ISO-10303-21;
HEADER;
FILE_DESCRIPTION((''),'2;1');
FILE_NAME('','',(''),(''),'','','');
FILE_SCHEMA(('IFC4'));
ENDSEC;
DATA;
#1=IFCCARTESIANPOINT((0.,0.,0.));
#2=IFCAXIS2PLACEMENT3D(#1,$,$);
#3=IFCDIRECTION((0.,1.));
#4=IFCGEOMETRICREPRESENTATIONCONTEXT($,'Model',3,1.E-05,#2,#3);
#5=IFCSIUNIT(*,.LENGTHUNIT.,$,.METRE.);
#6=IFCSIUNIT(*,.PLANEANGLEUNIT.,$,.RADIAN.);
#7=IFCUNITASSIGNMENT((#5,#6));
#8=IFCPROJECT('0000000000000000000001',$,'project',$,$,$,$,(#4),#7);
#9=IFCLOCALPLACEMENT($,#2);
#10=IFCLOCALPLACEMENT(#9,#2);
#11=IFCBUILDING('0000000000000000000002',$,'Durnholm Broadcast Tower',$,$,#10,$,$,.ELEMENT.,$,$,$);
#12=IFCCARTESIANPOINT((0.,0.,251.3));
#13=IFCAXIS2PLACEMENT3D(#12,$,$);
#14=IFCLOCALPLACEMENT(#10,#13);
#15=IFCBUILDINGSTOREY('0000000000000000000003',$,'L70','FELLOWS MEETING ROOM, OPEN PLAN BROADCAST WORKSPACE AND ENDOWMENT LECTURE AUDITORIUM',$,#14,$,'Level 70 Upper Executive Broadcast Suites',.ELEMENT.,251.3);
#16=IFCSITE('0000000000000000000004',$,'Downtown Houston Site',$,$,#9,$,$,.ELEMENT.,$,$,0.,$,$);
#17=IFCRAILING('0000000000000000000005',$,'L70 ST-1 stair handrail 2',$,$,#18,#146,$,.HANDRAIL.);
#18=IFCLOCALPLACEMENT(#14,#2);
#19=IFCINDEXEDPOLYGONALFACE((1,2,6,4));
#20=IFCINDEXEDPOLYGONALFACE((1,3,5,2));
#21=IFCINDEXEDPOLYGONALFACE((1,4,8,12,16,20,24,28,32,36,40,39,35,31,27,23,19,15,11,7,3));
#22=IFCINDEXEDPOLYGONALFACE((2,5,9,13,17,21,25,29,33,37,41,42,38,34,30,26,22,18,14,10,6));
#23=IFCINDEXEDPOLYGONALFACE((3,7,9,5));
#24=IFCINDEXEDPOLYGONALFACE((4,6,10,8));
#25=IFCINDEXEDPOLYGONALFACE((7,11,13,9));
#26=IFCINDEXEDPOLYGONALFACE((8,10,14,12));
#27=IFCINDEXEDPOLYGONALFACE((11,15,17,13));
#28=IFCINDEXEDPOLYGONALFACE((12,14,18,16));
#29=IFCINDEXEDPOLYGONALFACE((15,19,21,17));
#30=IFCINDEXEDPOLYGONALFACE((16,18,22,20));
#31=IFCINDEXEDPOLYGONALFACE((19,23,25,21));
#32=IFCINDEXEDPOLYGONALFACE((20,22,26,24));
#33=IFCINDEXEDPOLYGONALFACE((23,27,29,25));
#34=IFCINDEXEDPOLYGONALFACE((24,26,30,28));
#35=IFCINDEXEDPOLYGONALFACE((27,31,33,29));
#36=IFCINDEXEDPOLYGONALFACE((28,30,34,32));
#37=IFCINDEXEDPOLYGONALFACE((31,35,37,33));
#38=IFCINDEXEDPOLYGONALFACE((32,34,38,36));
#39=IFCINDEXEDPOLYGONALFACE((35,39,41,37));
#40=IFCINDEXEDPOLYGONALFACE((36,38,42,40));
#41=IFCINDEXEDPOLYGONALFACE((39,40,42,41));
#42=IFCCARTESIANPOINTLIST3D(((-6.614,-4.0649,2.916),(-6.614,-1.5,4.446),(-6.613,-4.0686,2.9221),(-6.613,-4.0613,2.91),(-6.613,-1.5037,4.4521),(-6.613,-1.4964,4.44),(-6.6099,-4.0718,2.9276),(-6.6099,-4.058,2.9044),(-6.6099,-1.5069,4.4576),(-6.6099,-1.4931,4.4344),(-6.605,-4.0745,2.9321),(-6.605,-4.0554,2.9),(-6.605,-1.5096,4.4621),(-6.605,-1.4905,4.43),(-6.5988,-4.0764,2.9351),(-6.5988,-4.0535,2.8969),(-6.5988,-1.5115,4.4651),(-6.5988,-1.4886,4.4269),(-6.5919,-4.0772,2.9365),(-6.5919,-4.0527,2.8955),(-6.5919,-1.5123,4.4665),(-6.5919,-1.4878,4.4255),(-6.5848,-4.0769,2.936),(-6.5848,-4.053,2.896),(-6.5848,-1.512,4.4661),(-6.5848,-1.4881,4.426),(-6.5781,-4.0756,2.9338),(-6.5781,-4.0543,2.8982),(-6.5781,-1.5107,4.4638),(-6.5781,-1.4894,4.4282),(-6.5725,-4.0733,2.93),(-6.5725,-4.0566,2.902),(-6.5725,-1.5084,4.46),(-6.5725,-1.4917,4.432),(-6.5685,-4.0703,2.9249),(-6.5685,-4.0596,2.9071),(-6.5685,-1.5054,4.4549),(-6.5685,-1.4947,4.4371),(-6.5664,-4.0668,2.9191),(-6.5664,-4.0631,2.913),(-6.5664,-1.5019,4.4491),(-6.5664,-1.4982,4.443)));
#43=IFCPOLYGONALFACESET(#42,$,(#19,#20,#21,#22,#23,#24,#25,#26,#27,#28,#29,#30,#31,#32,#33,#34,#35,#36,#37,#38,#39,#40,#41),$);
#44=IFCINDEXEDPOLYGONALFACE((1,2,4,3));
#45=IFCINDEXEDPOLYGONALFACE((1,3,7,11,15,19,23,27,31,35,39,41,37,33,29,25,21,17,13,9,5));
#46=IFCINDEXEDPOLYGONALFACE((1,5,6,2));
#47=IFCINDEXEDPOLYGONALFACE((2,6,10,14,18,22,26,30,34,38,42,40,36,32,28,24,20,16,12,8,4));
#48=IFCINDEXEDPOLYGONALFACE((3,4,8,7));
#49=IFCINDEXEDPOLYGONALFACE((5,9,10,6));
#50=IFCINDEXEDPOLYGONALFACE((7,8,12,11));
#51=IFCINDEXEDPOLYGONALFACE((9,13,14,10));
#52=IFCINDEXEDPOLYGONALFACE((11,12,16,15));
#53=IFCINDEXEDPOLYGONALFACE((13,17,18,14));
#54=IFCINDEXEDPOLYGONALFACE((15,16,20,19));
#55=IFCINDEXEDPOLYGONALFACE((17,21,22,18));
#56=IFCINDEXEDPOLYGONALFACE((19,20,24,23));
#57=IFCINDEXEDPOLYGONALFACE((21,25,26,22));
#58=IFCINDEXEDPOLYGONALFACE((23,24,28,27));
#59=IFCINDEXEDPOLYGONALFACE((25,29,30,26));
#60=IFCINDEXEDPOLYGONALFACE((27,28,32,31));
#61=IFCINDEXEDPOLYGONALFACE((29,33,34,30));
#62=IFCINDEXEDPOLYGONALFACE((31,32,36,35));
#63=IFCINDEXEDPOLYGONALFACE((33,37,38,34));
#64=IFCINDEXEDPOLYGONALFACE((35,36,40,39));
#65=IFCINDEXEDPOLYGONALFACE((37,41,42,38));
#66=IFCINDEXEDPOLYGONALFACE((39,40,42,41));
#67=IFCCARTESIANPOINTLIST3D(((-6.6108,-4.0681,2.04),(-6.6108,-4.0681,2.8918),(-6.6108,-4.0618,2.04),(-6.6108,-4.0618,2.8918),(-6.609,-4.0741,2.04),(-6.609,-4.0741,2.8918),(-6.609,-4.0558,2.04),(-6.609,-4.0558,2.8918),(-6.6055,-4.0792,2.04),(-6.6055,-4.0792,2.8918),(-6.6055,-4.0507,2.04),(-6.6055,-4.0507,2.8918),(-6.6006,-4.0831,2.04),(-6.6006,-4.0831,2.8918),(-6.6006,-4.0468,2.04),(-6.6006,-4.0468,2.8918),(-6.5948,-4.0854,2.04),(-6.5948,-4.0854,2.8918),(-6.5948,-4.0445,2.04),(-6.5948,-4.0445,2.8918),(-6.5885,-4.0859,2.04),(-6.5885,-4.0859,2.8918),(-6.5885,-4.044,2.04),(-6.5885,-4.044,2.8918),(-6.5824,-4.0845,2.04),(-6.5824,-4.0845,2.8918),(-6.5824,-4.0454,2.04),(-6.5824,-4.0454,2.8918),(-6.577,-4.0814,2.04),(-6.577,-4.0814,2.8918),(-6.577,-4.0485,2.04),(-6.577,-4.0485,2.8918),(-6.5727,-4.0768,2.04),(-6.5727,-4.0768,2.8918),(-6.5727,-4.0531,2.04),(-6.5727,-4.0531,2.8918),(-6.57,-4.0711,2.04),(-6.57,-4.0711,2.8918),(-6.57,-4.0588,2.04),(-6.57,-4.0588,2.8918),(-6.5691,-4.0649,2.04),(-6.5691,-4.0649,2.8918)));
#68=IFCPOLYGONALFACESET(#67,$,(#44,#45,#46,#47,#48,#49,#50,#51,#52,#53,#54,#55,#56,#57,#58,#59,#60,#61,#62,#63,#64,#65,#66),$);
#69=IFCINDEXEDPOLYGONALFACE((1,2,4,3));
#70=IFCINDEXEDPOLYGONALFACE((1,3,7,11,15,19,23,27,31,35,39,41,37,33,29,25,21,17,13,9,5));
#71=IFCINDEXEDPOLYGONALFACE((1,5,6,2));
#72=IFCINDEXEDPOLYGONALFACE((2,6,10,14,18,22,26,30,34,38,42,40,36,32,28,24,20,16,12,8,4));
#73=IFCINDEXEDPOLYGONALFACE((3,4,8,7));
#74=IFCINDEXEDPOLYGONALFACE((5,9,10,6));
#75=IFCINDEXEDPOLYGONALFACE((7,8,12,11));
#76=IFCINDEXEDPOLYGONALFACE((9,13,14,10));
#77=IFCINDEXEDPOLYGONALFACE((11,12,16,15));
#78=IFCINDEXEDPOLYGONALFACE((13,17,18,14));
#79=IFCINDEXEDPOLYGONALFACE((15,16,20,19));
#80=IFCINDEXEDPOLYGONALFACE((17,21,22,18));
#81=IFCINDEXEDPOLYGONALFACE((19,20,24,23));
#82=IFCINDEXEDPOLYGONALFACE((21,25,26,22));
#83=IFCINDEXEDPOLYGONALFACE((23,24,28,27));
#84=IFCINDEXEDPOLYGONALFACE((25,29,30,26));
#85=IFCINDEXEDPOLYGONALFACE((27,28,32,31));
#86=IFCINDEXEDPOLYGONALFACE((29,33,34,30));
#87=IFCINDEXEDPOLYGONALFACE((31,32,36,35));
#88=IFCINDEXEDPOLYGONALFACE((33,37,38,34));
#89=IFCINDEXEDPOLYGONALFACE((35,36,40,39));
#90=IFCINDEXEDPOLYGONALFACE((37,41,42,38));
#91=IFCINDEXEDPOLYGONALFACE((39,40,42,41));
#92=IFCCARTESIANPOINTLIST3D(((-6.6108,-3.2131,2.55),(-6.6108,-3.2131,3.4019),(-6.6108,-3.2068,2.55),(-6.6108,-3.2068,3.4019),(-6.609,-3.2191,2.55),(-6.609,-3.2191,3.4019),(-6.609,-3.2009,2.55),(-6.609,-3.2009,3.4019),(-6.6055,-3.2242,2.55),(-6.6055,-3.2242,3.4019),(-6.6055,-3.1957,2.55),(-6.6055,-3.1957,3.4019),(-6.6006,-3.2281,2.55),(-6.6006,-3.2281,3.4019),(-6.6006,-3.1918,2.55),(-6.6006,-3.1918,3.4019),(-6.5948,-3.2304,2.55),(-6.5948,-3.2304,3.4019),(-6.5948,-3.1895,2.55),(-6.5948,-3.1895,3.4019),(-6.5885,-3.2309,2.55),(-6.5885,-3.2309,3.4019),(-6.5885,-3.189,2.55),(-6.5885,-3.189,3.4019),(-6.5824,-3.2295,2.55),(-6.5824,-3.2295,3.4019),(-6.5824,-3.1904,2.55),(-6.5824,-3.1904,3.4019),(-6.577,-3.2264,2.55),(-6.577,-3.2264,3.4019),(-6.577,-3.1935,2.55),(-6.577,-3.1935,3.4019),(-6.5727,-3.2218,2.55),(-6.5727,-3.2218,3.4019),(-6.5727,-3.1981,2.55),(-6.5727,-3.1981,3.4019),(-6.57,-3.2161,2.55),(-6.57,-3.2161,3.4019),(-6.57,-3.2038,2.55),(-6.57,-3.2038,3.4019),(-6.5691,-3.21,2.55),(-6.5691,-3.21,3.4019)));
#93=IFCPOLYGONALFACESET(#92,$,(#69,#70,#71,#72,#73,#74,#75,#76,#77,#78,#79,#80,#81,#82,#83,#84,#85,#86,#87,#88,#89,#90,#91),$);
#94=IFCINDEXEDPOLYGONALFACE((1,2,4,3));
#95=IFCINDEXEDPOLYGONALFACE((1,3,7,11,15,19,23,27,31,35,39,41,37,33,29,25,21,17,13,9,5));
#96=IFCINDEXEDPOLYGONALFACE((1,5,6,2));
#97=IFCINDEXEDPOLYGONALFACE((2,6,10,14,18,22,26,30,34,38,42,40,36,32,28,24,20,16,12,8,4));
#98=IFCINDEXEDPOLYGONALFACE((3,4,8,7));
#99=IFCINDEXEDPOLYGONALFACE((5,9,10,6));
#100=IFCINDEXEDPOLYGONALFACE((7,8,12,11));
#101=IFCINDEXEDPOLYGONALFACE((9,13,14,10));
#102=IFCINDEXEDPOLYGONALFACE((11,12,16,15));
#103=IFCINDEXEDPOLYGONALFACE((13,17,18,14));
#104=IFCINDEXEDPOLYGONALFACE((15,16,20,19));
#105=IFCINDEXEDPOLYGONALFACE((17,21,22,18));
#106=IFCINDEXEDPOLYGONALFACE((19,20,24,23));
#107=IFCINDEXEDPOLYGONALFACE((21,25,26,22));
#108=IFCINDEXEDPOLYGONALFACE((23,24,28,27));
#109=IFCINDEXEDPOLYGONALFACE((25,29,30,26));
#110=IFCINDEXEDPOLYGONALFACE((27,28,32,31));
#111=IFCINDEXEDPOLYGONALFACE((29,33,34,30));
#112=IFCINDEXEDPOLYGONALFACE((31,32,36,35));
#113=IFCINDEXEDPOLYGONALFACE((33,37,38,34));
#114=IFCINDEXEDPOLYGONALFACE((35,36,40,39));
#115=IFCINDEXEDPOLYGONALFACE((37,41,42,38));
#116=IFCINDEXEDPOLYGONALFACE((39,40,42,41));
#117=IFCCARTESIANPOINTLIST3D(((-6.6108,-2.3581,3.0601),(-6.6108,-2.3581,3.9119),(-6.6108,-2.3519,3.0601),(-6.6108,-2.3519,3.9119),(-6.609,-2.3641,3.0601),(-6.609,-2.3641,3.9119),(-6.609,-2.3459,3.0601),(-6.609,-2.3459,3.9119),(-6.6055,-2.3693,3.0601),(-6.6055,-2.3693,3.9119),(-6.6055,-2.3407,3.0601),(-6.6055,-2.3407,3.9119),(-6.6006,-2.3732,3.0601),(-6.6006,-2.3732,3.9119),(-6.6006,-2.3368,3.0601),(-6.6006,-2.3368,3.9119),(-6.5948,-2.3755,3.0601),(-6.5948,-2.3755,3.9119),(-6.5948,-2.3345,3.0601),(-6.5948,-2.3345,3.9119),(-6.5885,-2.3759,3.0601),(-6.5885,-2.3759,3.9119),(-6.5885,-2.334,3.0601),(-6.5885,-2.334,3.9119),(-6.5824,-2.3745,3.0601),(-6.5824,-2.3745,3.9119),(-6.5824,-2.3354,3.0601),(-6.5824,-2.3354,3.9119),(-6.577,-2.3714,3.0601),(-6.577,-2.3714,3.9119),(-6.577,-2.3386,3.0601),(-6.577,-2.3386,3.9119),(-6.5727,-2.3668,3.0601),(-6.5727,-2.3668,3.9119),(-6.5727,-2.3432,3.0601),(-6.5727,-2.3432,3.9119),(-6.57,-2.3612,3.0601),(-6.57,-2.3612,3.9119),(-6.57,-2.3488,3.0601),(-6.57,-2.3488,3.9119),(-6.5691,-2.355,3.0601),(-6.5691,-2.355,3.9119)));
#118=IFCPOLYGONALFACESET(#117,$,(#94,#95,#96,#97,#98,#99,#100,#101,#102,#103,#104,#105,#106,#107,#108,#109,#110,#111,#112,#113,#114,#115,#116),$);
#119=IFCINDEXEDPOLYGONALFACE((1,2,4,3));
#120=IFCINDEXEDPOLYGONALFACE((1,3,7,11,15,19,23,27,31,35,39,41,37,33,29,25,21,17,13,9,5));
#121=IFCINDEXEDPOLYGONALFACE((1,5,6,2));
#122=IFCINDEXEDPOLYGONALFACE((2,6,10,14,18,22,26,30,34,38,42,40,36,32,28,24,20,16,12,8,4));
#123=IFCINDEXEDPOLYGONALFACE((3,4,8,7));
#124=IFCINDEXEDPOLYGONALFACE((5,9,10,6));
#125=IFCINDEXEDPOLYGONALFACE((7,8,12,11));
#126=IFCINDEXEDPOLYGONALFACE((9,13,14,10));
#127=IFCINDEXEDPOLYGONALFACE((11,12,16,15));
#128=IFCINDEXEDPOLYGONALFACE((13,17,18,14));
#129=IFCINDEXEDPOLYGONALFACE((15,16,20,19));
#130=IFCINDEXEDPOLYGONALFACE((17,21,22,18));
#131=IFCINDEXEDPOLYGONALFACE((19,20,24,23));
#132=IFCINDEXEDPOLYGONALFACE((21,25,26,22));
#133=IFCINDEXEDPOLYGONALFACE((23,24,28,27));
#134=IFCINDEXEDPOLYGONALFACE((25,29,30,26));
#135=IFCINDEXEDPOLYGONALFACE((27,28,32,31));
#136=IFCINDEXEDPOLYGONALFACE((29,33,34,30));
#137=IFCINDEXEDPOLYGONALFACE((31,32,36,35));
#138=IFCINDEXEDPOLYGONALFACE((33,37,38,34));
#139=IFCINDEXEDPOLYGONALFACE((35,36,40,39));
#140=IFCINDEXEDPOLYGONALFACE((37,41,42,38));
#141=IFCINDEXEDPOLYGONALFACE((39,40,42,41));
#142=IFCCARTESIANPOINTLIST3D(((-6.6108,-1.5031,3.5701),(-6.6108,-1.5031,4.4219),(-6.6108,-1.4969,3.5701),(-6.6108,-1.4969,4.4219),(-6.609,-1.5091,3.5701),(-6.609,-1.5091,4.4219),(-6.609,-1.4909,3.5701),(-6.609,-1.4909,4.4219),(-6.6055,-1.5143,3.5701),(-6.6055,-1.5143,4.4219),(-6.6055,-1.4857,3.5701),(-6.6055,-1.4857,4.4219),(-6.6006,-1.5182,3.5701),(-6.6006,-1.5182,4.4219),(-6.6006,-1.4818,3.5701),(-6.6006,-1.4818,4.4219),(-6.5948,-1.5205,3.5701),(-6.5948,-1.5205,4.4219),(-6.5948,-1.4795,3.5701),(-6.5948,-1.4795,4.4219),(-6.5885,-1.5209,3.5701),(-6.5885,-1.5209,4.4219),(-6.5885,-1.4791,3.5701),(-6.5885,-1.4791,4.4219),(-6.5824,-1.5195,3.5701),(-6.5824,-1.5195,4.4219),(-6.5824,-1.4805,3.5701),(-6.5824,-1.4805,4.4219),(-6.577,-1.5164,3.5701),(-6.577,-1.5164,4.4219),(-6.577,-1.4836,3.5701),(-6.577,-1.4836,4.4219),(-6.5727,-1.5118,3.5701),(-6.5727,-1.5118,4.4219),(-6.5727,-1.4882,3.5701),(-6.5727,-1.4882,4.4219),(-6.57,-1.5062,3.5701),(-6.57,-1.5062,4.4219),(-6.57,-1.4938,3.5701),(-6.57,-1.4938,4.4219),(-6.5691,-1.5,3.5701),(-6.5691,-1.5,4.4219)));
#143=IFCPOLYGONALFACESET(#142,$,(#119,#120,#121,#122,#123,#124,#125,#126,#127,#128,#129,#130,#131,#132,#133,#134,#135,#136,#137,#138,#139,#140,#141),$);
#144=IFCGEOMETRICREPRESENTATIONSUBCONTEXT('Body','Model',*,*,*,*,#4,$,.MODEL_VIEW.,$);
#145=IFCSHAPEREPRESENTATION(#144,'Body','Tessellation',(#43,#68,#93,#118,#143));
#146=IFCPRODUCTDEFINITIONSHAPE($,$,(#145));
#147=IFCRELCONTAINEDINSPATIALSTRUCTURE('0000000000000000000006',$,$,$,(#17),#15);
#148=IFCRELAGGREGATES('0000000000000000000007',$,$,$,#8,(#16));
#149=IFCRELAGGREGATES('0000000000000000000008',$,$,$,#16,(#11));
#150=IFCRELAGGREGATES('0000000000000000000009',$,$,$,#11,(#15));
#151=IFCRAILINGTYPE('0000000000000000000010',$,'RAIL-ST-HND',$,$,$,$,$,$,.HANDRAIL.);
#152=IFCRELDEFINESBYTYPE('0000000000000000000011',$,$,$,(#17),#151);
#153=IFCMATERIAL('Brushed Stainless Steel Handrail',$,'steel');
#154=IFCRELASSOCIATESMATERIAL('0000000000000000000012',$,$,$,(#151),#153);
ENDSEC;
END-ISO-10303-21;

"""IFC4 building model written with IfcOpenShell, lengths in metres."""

from ifc_helpers import new_model, si_unit, direction, frame, origin, origin_2d, place, context, subcontext, project, spatial, circle, extrude, material, type_object, element, save


model = new_model("IFC4")

# Units and contexts
model_context = context("Model", 3, precision=1e-05, world=origin(), true_north=direction((0.0, 1.0)))
body_context = subcontext(model_context, "Body", "Model", "MODEL_VIEW")
ifc_project = project(units=[si_unit("LENGTHUNIT", "METRE"), si_unit("PLANEANGLEUNIT", "RADIAN")], contexts=[model_context])

# Site, building, storey
site_placement = place(None, origin())
site = spatial("IfcSite", under=ifc_project, at=site_placement, Name="Downtown Houston Site", CompositionType="ELEMENT", RefElevation=0.0)
building_placement = place(site_placement, origin())
building = spatial("IfcBuilding", under=site, at=building_placement, Name="Durnholm Broadcast Tower", CompositionType="ELEMENT")
storey_placement = place(building_placement, frame((0.0, 0.0, 251.3)))
storey = spatial("IfcBuildingStorey", under=building, at=storey_placement, Name="L70", Description="FELLOWS MEETING ROOM, OPEN PLAN BROADCAST WORKSPACE AND ENDOWMENT LECTURE AUDITORIUM", LongName="Level 70 Upper Executive Broadcast Suites", CompositionType="ELEMENT", Elevation=251.3)

# Railing
ifc_material_1 = material(Name="Brushed Stainless Steel Handrail", Category="steel")
railing_type_1 = type_object("IfcRailingType", Name="RAIL-ST-HND", PredefinedType="HANDRAIL", material=ifc_material_1)
railing_1_placement = place(storey_placement, frame((-6.5901, -4.0649, 2.04)))
element("IfcRailing", 1, at=railing_1_placement, inside=storey, type_object=railing_type_1, Name="L70 ST-1 stair handrail 2", PredefinedType="HANDRAIL", context=body_context, shape_type="SweptSolid", body=[
    extrude(circle(Radius=0.0239, at=origin_2d()), frame((0.0, 0.0, 0.876), z_axis=(0.0, 0.85881, 0.512294), x_axis=(-1.0, 0.0, 0.0)), (0.0, 0.0, 1.0), 2.9866),
    extrude(circle(Radius=0.021, at=origin_2d()), origin(), (0.0, 0.0, 1.0), 0.8518),
    extrude(circle(Radius=0.021, at=origin_2d()), frame((0.0, 0.855, 0.51)), (0.0, 0.0, 1.0), 0.8518),
    extrude(circle(Radius=0.021, at=origin_2d()), frame((0.0, 1.71, 1.02)), (0.0, 0.0, 1.0), 0.8518),
    extrude(circle(Radius=0.021, at=origin_2d()), frame((0.0, 2.5649, 1.53)), (0.0, 0.0, 1.0), 0.8518),
])

save(model, "model.ifc")
